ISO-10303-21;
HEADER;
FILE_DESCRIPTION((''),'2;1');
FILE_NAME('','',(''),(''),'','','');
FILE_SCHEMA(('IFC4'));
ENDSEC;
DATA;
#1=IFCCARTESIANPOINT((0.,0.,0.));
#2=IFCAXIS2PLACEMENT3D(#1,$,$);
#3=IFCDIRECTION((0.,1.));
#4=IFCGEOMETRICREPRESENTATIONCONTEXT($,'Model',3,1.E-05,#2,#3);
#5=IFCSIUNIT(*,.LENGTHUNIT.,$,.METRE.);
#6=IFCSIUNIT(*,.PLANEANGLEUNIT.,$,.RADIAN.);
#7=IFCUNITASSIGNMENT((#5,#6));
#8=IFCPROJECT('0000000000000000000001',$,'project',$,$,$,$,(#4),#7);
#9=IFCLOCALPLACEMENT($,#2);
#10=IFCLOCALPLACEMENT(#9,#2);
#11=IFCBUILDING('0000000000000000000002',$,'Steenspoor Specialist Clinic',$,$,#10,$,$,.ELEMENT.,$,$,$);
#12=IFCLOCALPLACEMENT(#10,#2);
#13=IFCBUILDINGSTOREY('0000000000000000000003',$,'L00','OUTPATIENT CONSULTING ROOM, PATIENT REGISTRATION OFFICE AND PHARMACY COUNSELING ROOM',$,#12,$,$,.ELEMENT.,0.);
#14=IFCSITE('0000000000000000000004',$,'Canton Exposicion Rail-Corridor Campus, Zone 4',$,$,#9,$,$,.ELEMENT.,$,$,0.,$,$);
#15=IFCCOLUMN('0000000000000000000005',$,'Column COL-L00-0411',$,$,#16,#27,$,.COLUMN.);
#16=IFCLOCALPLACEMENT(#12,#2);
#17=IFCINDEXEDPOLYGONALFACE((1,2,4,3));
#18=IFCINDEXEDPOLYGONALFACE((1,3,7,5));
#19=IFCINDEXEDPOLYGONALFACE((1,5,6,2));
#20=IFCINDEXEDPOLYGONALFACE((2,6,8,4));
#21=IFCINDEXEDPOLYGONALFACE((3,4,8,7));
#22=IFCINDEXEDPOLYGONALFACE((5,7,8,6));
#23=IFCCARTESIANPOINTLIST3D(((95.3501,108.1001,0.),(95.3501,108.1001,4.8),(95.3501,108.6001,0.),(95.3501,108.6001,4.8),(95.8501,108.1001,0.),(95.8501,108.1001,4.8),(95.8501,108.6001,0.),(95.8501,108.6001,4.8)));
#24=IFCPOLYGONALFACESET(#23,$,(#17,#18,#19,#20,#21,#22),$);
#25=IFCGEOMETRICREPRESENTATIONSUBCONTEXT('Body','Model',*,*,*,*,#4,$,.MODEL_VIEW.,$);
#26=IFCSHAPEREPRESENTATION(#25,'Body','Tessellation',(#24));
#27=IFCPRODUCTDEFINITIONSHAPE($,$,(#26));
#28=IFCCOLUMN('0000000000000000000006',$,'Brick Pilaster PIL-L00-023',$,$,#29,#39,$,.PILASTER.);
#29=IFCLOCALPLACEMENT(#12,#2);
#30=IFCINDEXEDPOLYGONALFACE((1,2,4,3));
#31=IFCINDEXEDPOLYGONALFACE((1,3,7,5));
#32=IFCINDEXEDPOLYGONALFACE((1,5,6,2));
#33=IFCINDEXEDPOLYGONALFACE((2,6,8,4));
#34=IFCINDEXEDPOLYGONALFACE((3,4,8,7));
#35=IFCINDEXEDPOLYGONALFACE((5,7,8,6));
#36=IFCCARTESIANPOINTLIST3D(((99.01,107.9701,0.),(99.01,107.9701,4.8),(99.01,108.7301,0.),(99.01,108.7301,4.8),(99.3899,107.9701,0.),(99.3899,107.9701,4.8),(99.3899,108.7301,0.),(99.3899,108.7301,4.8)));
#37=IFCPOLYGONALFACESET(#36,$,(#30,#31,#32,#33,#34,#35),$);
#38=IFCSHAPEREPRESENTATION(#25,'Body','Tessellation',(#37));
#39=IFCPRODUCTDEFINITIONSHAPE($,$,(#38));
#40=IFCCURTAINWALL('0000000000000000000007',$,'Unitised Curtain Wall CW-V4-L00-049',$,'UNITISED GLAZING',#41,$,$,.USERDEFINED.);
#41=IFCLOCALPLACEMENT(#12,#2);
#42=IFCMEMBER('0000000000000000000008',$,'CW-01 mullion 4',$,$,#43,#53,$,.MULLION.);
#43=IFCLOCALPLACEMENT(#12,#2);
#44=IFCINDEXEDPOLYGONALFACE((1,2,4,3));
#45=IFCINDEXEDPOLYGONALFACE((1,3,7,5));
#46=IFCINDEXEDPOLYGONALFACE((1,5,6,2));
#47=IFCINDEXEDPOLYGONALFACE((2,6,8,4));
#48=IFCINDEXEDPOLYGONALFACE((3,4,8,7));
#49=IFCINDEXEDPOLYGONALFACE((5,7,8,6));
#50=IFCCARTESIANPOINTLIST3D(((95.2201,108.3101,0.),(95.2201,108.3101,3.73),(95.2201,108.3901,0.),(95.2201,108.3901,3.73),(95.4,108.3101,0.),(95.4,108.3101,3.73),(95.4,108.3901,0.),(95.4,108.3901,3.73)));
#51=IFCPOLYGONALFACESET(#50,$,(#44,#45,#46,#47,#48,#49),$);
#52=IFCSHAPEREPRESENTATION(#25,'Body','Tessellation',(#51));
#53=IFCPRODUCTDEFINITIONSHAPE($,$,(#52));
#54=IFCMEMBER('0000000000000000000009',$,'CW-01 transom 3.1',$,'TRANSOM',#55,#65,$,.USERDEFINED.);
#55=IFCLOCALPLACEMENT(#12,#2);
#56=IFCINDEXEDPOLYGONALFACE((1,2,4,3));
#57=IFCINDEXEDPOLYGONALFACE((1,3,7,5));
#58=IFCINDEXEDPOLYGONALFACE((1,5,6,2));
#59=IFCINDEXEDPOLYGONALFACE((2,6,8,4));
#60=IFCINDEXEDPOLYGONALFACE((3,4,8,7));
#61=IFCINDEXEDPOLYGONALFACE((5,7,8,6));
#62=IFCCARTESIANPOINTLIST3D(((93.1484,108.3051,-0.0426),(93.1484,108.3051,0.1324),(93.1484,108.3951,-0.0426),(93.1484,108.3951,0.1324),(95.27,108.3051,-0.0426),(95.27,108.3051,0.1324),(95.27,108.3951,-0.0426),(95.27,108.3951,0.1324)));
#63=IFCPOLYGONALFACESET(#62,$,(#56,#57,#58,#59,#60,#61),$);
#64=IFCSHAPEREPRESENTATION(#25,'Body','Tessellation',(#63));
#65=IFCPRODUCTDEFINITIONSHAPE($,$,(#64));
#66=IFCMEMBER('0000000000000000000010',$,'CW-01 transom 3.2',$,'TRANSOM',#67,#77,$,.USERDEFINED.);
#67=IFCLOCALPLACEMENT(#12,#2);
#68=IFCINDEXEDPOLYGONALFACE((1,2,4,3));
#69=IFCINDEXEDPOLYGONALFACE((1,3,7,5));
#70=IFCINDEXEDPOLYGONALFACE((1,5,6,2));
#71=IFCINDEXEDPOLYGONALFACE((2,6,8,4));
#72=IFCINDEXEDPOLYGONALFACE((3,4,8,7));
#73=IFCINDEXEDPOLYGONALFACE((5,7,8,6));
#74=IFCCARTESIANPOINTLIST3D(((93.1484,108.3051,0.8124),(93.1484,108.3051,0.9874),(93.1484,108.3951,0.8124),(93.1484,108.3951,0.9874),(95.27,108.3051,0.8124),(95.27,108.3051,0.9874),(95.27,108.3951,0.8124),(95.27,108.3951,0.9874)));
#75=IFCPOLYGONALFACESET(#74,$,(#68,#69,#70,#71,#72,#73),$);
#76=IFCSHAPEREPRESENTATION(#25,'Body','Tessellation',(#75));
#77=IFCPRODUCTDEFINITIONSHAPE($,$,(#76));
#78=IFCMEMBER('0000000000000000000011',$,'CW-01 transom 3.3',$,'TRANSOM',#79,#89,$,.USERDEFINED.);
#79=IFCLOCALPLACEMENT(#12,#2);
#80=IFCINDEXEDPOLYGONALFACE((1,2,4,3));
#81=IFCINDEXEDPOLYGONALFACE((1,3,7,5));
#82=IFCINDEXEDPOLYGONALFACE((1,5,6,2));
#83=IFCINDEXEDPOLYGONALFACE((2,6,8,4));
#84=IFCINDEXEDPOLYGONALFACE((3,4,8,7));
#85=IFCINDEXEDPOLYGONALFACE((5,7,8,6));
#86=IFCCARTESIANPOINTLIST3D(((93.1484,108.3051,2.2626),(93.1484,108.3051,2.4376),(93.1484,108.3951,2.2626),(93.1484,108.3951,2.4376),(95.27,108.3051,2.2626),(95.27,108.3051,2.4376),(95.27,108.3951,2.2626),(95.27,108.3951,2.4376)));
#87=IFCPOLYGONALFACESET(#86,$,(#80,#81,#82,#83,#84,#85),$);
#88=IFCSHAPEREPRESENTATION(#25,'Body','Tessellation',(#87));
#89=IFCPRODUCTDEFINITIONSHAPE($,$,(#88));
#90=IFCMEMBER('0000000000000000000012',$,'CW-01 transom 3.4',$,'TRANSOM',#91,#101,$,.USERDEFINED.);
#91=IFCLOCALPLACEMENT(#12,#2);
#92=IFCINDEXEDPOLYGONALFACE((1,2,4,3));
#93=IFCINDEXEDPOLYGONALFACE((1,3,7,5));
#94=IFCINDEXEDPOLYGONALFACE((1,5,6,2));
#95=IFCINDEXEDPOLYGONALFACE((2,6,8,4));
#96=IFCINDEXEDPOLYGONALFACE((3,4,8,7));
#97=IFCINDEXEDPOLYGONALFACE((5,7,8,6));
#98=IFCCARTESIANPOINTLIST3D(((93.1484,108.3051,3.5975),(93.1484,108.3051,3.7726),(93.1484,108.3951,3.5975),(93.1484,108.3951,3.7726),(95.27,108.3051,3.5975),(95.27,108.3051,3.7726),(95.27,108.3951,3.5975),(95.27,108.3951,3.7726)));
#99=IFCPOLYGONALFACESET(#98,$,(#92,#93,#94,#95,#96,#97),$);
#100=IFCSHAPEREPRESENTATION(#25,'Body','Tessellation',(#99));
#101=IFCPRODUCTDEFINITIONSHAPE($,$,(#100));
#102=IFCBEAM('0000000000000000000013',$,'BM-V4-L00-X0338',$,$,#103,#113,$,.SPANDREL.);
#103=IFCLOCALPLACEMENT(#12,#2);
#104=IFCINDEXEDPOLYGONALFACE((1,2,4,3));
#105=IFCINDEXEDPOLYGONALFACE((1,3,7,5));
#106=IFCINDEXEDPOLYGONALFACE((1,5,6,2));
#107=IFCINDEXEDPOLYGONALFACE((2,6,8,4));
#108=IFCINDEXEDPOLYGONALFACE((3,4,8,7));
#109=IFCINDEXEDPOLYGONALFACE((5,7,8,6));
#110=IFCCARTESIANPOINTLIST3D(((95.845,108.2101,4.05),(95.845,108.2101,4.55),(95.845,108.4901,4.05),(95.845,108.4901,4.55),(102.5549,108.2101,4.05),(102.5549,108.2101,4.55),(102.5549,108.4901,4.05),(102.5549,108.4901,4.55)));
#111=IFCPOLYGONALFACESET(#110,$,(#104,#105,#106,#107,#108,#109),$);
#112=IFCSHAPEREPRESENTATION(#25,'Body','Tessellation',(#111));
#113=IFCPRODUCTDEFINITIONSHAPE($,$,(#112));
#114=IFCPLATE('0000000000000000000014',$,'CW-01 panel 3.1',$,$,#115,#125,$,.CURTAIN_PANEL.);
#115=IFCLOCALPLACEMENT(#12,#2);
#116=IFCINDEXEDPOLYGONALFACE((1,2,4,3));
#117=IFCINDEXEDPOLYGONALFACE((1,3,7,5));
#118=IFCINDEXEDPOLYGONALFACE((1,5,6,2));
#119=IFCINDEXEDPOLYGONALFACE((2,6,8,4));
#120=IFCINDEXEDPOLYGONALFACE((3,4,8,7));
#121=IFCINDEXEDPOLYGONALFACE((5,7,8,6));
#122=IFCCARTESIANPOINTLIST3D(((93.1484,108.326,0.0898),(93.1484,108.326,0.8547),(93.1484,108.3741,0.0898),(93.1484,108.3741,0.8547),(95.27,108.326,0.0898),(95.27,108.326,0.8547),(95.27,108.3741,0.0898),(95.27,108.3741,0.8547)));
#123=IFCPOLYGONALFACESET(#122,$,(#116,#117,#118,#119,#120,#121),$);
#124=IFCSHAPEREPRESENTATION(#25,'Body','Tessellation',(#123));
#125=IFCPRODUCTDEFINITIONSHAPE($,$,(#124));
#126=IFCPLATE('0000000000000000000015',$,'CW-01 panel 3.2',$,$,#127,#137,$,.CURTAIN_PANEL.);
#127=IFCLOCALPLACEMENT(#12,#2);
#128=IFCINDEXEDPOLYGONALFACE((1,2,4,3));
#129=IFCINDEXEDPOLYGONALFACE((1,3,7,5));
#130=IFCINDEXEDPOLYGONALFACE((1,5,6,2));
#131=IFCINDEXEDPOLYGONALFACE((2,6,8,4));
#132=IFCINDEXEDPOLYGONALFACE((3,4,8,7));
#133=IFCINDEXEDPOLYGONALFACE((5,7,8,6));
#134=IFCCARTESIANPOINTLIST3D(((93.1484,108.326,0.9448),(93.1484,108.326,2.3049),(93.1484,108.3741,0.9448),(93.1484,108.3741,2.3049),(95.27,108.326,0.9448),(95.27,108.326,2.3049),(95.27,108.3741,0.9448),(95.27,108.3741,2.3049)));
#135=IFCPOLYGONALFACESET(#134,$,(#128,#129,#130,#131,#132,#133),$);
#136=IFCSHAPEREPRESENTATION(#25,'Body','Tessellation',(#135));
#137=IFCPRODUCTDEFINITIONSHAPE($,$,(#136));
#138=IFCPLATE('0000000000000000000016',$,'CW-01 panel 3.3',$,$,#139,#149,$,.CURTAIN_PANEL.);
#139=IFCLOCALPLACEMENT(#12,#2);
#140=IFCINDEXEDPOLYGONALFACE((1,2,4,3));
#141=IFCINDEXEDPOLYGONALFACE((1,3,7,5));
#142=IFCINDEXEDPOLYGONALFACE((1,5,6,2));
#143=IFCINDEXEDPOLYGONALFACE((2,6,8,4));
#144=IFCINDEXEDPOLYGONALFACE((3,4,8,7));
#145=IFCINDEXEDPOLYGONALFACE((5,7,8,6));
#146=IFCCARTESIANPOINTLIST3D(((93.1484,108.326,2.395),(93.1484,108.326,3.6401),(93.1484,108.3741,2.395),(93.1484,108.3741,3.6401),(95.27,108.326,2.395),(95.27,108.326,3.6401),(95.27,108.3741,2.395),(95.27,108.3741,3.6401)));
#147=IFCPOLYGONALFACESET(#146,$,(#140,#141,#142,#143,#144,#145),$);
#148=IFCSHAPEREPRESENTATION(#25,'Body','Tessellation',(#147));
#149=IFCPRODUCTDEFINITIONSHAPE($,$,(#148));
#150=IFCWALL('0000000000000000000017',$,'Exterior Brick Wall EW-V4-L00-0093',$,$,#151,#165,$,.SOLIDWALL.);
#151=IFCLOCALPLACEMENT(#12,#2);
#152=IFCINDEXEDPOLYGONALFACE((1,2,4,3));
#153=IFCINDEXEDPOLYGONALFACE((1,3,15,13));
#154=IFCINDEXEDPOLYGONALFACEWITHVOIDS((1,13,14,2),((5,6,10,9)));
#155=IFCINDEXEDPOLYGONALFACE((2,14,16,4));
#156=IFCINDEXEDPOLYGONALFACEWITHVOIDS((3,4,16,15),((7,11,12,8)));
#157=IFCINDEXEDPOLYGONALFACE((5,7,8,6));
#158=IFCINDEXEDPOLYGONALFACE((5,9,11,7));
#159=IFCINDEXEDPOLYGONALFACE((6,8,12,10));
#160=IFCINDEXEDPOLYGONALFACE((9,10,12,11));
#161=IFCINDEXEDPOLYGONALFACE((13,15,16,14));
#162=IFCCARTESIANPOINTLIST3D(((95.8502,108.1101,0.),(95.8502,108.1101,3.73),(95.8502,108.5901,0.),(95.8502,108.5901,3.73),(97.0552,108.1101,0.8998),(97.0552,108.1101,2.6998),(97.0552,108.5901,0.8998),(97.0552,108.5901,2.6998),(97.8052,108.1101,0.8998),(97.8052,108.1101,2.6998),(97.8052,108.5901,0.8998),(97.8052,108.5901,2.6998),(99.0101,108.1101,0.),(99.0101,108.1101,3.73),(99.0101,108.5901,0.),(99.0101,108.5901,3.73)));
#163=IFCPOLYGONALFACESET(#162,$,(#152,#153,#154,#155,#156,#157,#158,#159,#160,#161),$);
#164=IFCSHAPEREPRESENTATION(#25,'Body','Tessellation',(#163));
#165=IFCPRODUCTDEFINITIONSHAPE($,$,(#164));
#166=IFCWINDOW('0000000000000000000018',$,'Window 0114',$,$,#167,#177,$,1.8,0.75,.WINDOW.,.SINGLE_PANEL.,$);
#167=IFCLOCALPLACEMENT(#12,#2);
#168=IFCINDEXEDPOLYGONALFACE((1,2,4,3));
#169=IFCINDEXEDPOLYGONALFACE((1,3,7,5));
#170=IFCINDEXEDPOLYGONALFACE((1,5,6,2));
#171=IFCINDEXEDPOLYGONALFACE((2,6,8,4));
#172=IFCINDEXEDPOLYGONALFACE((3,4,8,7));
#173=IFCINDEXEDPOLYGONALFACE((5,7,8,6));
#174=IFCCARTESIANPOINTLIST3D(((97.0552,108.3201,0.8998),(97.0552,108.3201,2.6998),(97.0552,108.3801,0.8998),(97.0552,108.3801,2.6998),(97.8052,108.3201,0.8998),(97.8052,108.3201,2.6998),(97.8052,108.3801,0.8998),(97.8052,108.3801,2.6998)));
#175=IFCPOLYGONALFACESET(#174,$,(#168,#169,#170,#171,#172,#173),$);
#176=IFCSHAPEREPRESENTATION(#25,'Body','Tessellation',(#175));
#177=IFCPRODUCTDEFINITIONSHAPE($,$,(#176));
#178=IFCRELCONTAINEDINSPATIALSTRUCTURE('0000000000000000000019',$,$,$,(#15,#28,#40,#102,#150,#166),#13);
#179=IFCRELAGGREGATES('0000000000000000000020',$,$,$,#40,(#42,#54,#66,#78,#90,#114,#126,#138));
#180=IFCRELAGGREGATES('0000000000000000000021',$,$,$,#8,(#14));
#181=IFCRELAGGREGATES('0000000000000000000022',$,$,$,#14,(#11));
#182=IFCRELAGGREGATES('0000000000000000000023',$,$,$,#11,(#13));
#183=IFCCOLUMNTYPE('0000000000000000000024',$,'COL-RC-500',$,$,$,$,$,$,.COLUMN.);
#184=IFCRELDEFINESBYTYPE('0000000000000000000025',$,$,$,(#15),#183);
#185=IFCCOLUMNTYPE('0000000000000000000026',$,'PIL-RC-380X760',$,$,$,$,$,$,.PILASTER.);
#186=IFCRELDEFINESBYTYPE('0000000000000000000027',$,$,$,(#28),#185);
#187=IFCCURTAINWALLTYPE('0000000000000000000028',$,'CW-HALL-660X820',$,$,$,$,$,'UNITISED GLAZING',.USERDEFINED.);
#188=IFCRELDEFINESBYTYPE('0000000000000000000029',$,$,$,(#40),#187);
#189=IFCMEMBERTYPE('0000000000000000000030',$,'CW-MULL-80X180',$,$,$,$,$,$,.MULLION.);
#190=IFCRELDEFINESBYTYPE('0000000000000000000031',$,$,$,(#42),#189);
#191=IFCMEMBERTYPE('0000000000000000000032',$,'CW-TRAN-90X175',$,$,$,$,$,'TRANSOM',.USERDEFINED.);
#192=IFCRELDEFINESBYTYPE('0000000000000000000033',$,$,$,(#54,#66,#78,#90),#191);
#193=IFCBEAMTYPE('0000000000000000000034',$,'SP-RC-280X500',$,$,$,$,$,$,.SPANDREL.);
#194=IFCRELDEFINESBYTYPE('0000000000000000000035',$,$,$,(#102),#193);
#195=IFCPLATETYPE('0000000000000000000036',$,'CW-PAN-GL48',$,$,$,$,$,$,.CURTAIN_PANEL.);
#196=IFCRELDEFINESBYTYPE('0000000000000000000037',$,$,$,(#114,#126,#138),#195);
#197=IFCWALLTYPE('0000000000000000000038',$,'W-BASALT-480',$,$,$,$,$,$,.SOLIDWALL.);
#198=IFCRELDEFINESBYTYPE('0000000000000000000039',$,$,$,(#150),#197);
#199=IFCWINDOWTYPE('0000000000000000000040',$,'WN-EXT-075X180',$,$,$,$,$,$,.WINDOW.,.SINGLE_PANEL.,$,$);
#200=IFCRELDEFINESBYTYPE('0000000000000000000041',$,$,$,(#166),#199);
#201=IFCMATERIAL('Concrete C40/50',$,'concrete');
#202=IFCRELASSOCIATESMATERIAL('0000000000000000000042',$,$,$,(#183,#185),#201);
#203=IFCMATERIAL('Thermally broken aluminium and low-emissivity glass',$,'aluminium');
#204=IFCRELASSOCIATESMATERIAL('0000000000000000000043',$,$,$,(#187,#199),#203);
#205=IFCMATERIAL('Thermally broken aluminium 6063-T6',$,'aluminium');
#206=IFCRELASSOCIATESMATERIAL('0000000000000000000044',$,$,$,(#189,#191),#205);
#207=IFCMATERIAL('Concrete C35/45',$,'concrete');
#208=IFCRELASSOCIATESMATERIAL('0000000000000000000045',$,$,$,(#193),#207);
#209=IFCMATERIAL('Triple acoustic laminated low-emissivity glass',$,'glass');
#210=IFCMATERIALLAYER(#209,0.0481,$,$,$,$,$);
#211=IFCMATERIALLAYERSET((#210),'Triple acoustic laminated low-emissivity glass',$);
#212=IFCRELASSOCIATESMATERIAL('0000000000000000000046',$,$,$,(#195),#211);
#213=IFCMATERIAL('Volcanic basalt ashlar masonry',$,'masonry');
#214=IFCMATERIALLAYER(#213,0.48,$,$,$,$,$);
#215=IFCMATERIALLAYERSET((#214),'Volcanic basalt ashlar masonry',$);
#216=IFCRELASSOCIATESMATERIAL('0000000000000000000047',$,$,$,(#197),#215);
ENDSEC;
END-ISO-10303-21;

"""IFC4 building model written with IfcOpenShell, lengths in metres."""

from ifc_helpers import new_model, si_unit, direction, frame, frame_2d, origin, origin_2d, place, context, subcontext, project, spatial, rectangle, extrude, material, layer, layer_set, material_profile, profile_set, type_object, element, fill, aggregate, save


model = new_model("IFC4")

# Units and contexts
model_context = context("Model", 3, precision=1e-05, world=origin(), true_north=direction((0.0, 1.0)))
body_context = subcontext(model_context, "Body", "Model", "MODEL_VIEW")
ifc_project = project(units=[si_unit("LENGTHUNIT", "METRE"), si_unit("PLANEANGLEUNIT", "RADIAN")], contexts=[model_context])

# Site, building, storey
site_placement = place(None, origin())
site = spatial("IfcSite", under=ifc_project, at=site_placement, Name="Canton Exposicion Rail-Corridor Campus, Zone 4", CompositionType="ELEMENT", RefElevation=0.0)
building_placement = place(site_placement, origin())
building = spatial("IfcBuilding", under=site, at=building_placement, Name="Steenspoor Specialist Clinic", CompositionType="ELEMENT")
storey_placement = place(building_placement, origin())
storey = spatial("IfcBuildingStorey", under=building, at=storey_placement, Name="L00", Description="OUTPATIENT CONSULTING ROOM, PATIENT REGISTRATION OFFICE AND PHARMACY COUNSELING ROOM", CompositionType="ELEMENT", Elevation=0.0)

# Shared definitions
ifc_material_1 = material(Name="Concrete C35/45", Category="concrete")

# Columns
ifc_material_2 = material(Name="Concrete C40/50", Category="concrete")
ifc_material_profile_1 = material_profile(ifc_material_2, rectangle(XDim=0.5, YDim=0.5, at=origin_2d()), Name="RC-COL-500X500")
ifc_profile_set_1 = profile_set([ifc_material_profile_1], Name="Concrete C40/50")
column_type_1 = type_object("IfcColumnType", Name="COL-RC-500", PredefinedType="COLUMN", material=ifc_profile_set_1)
column_1_placement = place(storey_placement, frame((95.6001, 108.3501, 0.0), z_axis=(0.0, 0.0, 1.0), x_axis=(1.0, 0.0, 0.0)))
element("IfcColumn", 1, at=column_1_placement, inside=storey, type_object=column_type_1, Name="Column COL-L00-0411", PredefinedType="COLUMN", context=body_context, shape_type="SweptSolid", body=[
    extrude(rectangle(XDim=0.5, YDim=0.5, at=origin_2d()), origin(), (0.0, 0.0, 1.0), 4.8),
])
ifc_material_profile_2 = material_profile(ifc_material_2, rectangle(XDim=0.3799, YDim=0.76, at=origin_2d()), Name="RC-PIL-380X760")
ifc_profile_set_2 = profile_set([ifc_material_profile_2], Name="Concrete C40/50")
column_type_2 = type_object("IfcColumnType", Name="PIL-RC-380X760", PredefinedType="PILASTER", material=ifc_profile_set_2)
column_2_placement = place(storey_placement, frame((99.2, 108.3501, 0.0), z_axis=(0.0, 0.0, 1.0), x_axis=(1.0, 0.0, 0.0)))
element("IfcColumn", 2, at=column_2_placement, inside=storey, type_object=column_type_2, Name="Brick Pilaster PIL-L00-023", PredefinedType="PILASTER", context=body_context, shape_type="SweptSolid", body=[
    extrude(rectangle(XDim=0.3799, YDim=0.76, at=origin_2d()), origin(), (0.0, 0.0, 1.0), 4.8),
])

# Curtain wall, members
ifc_material_3 = material(Name="Thermally broken aluminium and low-emissivity glass", Category="aluminium")
curtain_wall_type = type_object("IfcCurtainWallType", Name="CW-HALL-660X820", ElementType="UNITISED GLAZING", PredefinedType="USERDEFINED", material=ifc_material_3)
curtain_wall_placement = place(storey_placement, origin())
curtain_wall = element("IfcCurtainWall", 3, at=curtain_wall_placement, inside=storey, type_object=curtain_wall_type, Name="Unitised Curtain Wall CW-V4-L00-049", ObjectType="UNITISED GLAZING", PredefinedType="USERDEFINED")
ifc_material_4 = material(Name="Thermally broken aluminium 6063-T6", Category="aluminium")
ifc_material_profile_3 = material_profile(ifc_material_4, rectangle(XDim=0.0801, YDim=0.1799, at=origin_2d()), Name="CWM-80X180")
ifc_profile_set_3 = profile_set([ifc_material_profile_3], Name="Thermally broken aluminium 6063-T6")
member_type_1 = type_object("IfcMemberType", Name="CW-MULL-80X180", PredefinedType="MULLION", material=ifc_profile_set_3)
member_1_placement = place(storey_placement, frame((95.3101, 108.3501, 0.0), z_axis=(0.0, 0.0, 1.0), x_axis=(0.0, 1.0, 0.0)))
member_1 = element("IfcMember", 4, at=member_1_placement, type_object=member_type_1, Name="CW-01 mullion 4", PredefinedType="MULLION", context=body_context, shape_type="SweptSolid", body=[
    extrude(rectangle(XDim=0.0801, YDim=0.1799, at=origin_2d()), origin(), (0.0, 0.0, 1.0), 3.73),
])
ifc_material_profile_4 = material_profile(ifc_material_4, rectangle(XDim=0.0901, YDim=0.175, at=origin_2d()), Name="CWT-90X175")
ifc_profile_set_4 = profile_set([ifc_material_profile_4], Name="Thermally broken aluminium 6063-T6")
member_type_2 = type_object("IfcMemberType", Name="CW-TRAN-90X175", ElementType="TRANSOM", PredefinedType="USERDEFINED", material=ifc_profile_set_4)
member_2_placement = place(storey_placement, frame((93.1484, 108.3501, 0.0449), z_axis=(1.0, 0.0, 0.0), x_axis=(0.0, 1.0, 0.0)))
member_2 = element("IfcMember", 5, at=member_2_placement, type_object=member_type_2, Name="CW-01 transom 3.1", ObjectType="TRANSOM", PredefinedType="USERDEFINED", context=body_context, shape_type="SweptSolid", body=[
    extrude(rectangle(XDim=0.0901, YDim=0.175, at=origin_2d()), origin(), (0.0, 0.0, 1.0), 2.1216),
])
member_3_placement = place(storey_placement, frame((93.1484, 108.3501, 0.8999), z_axis=(1.0, 0.0, 0.0), x_axis=(0.0, 1.0, 0.0)))
member_3 = element("IfcMember", 6, at=member_3_placement, type_object=member_type_2, Name="CW-01 transom 3.2", ObjectType="TRANSOM", PredefinedType="USERDEFINED", context=body_context, shape_type="SweptSolid", body=[
    extrude(rectangle(XDim=0.0901, YDim=0.175, at=origin_2d()), origin(), (0.0, 0.0, 1.0), 2.1216),
])
member_4_placement = place(storey_placement, frame((93.1484, 108.3501, 2.3501), z_axis=(1.0, 0.0, 0.0), x_axis=(0.0, 1.0, 0.0)))
member_4 = element("IfcMember", 7, at=member_4_placement, type_object=member_type_2, Name="CW-01 transom 3.3", ObjectType="TRANSOM", PredefinedType="USERDEFINED", context=body_context, shape_type="SweptSolid", body=[
    extrude(rectangle(XDim=0.0901, YDim=0.175, at=origin_2d()), origin(), (0.0, 0.0, 1.0), 2.1216),
])
member_5_placement = place(storey_placement, frame((93.1484, 108.3501, 3.6851), z_axis=(1.0, 0.0, 0.0), x_axis=(0.0, 1.0, 0.0)))
member_5 = element("IfcMember", 8, at=member_5_placement, type_object=member_type_2, Name="CW-01 transom 3.4", ObjectType="TRANSOM", PredefinedType="USERDEFINED", context=body_context, shape_type="SweptSolid", body=[
    extrude(rectangle(XDim=0.0901, YDim=0.175, at=origin_2d()), origin(), (0.0, 0.0, 1.0), 2.1216),
])

# Beam
ifc_material_profile_5 = material_profile(ifc_material_1, rectangle(XDim=0.28, YDim=0.5, at=origin_2d()), Name="RC-SP-280X500")
ifc_profile_set_5 = profile_set([ifc_material_profile_5], Name="Concrete C35/45")
beam_type = type_object("IfcBeamType", Name="SP-RC-280X500", PredefinedType="SPANDREL", material=ifc_profile_set_5)
beam_placement = place(storey_placement, frame((95.845, 108.3501, 4.3), z_axis=(1.0, 0.0, 0.0), x_axis=(0.0, 1.0, 0.0)))
element("IfcBeam", 9, at=beam_placement, inside=storey, type_object=beam_type, Name="BM-V4-L00-X0338", PredefinedType="SPANDREL", context=body_context, shape_type="SweptSolid", body=[
    extrude(rectangle(XDim=0.28, YDim=0.5, at=origin_2d()), origin(), (0.0, 0.0, 1.0), 6.71),
])

# Plates
ifc_material_5 = material(Name="Triple acoustic laminated low-emissivity glass", Category="glass")
ifc_layer_1 = layer(ifc_material_5, 0.0481)
ifc_layer_set_1 = layer_set([ifc_layer_1], Name="Triple acoustic laminated low-emissivity glass")
plate_type = type_object("IfcPlateType", Name="CW-PAN-GL48", PredefinedType="CURTAIN_PANEL", material=ifc_layer_set_1)
plate_1_placement = place(storey_placement, frame((94.2092, 108.3501, 0.0898), z_axis=(0.0, 0.0, 1.0), x_axis=(1.0, 0.0, 0.0)))
plate_1 = element("IfcPlate", 10, at=plate_1_placement, type_object=plate_type, Name="CW-01 panel 3.1", PredefinedType="CURTAIN_PANEL", context=body_context, shape_type="SweptSolid", body=[
    extrude(rectangle(XDim=2.1216, YDim=0.0481, at=origin_2d()), origin(), (0.0, 0.0, 1.0), 0.7649),
])
plate_2_placement = place(storey_placement, frame((94.2092, 108.3501, 0.9448), z_axis=(0.0, 0.0, 1.0), x_axis=(1.0, 0.0, 0.0)))
plate_2 = element("IfcPlate", 11, at=plate_2_placement, type_object=plate_type, Name="CW-01 panel 3.2", PredefinedType="CURTAIN_PANEL", context=body_context, shape_type="SweptSolid", body=[
    extrude(rectangle(XDim=2.1216, YDim=0.0481, at=origin_2d()), origin(), (0.0, 0.0, 1.0), 1.3601),
])
plate_3_placement = place(storey_placement, frame((94.2092, 108.3501, 2.395), z_axis=(0.0, 0.0, 1.0), x_axis=(1.0, 0.0, 0.0)))
plate_3 = element("IfcPlate", 12, at=plate_3_placement, type_object=plate_type, Name="CW-01 panel 3.3", PredefinedType="CURTAIN_PANEL", context=body_context, shape_type="SweptSolid", body=[
    extrude(rectangle(XDim=2.1216, YDim=0.0481, at=origin_2d()), origin(), (0.0, 0.0, 1.0), 1.2451),
])
aggregate(curtain_wall, [member_1, member_2, member_3, member_4, member_5, plate_1, plate_2, plate_3])

# Wall, opening, window
ifc_material_6 = material(Name="Volcanic basalt ashlar masonry", Category="masonry")
ifc_layer_2 = layer(ifc_material_6, 0.48)
ifc_layer_set_2 = layer_set([ifc_layer_2], Name="Volcanic basalt ashlar masonry")
wall_type = type_object("IfcWallType", Name="W-BASALT-480", PredefinedType="SOLIDWALL", material=ifc_layer_set_2)
wall_1_placement = place(storey_placement, frame((95.8501, 108.3501, 0.0), z_axis=(0.0, 0.0, 1.0), x_axis=(1.0, 0.0, 0.0)))
wall_1 = element("IfcWall", 13, at=wall_1_placement, inside=storey, type_object=wall_type, Name="Exterior Brick Wall EW-V4-L00-0093", PredefinedType="SOLIDWALL", context=body_context, shape_type="SweptSolid", body=[
    extrude(rectangle(XDim=3.1599, YDim=0.48, at=frame_2d((1.5801, 0.0))), origin(), (0.0, 0.0, 1.0), 3.73),
])
opening_1_placement = place(wall_1_placement, frame((1.2051, 0.0, 0.8999)))
opening_1 = element("IfcOpeningElement", 14, at=opening_1_placement, cuts=wall_1, PredefinedType="OPENING", context=body_context, shape_type="SweptSolid", body=[
    extrude(rectangle(XDim=0.75, YDim=1.8, at=frame_2d((0.375, 0.8999))), frame((0.0, 0.25, 0.0), z_axis=(0.0, -1.0, 0.0), x_axis=(1.0, 0.0, 0.0)), (0.0, 0.0, 1.0), 0.5),
])
window_type_1 = type_object("IfcWindowType", Name="WN-EXT-075X180", PartitioningType="SINGLE_PANEL", PredefinedType="WINDOW", material=ifc_material_3)
window_1_placement = place(opening_1_placement, origin())
window_1 = element("IfcWindow", 15, at=window_1_placement, inside=storey, type_object=window_type_1, Name="Window 0114", OverallHeight=1.8, OverallWidth=0.75, PartitioningType="SINGLE_PANEL", PredefinedType="WINDOW", context=body_context, shape_type="SweptSolid", body=[
    extrude(rectangle(XDim=0.75, YDim=1.8, at=frame_2d((0.375, 0.8999))), frame((0.0, 0.03, 0.0), z_axis=(0.0, -1.0, 0.0), x_axis=(1.0, 0.0, 0.0)), (0.0, 0.0, 1.0), 0.0601),
])
fill(opening_1, window_1)

save(model, "model.ifc")
